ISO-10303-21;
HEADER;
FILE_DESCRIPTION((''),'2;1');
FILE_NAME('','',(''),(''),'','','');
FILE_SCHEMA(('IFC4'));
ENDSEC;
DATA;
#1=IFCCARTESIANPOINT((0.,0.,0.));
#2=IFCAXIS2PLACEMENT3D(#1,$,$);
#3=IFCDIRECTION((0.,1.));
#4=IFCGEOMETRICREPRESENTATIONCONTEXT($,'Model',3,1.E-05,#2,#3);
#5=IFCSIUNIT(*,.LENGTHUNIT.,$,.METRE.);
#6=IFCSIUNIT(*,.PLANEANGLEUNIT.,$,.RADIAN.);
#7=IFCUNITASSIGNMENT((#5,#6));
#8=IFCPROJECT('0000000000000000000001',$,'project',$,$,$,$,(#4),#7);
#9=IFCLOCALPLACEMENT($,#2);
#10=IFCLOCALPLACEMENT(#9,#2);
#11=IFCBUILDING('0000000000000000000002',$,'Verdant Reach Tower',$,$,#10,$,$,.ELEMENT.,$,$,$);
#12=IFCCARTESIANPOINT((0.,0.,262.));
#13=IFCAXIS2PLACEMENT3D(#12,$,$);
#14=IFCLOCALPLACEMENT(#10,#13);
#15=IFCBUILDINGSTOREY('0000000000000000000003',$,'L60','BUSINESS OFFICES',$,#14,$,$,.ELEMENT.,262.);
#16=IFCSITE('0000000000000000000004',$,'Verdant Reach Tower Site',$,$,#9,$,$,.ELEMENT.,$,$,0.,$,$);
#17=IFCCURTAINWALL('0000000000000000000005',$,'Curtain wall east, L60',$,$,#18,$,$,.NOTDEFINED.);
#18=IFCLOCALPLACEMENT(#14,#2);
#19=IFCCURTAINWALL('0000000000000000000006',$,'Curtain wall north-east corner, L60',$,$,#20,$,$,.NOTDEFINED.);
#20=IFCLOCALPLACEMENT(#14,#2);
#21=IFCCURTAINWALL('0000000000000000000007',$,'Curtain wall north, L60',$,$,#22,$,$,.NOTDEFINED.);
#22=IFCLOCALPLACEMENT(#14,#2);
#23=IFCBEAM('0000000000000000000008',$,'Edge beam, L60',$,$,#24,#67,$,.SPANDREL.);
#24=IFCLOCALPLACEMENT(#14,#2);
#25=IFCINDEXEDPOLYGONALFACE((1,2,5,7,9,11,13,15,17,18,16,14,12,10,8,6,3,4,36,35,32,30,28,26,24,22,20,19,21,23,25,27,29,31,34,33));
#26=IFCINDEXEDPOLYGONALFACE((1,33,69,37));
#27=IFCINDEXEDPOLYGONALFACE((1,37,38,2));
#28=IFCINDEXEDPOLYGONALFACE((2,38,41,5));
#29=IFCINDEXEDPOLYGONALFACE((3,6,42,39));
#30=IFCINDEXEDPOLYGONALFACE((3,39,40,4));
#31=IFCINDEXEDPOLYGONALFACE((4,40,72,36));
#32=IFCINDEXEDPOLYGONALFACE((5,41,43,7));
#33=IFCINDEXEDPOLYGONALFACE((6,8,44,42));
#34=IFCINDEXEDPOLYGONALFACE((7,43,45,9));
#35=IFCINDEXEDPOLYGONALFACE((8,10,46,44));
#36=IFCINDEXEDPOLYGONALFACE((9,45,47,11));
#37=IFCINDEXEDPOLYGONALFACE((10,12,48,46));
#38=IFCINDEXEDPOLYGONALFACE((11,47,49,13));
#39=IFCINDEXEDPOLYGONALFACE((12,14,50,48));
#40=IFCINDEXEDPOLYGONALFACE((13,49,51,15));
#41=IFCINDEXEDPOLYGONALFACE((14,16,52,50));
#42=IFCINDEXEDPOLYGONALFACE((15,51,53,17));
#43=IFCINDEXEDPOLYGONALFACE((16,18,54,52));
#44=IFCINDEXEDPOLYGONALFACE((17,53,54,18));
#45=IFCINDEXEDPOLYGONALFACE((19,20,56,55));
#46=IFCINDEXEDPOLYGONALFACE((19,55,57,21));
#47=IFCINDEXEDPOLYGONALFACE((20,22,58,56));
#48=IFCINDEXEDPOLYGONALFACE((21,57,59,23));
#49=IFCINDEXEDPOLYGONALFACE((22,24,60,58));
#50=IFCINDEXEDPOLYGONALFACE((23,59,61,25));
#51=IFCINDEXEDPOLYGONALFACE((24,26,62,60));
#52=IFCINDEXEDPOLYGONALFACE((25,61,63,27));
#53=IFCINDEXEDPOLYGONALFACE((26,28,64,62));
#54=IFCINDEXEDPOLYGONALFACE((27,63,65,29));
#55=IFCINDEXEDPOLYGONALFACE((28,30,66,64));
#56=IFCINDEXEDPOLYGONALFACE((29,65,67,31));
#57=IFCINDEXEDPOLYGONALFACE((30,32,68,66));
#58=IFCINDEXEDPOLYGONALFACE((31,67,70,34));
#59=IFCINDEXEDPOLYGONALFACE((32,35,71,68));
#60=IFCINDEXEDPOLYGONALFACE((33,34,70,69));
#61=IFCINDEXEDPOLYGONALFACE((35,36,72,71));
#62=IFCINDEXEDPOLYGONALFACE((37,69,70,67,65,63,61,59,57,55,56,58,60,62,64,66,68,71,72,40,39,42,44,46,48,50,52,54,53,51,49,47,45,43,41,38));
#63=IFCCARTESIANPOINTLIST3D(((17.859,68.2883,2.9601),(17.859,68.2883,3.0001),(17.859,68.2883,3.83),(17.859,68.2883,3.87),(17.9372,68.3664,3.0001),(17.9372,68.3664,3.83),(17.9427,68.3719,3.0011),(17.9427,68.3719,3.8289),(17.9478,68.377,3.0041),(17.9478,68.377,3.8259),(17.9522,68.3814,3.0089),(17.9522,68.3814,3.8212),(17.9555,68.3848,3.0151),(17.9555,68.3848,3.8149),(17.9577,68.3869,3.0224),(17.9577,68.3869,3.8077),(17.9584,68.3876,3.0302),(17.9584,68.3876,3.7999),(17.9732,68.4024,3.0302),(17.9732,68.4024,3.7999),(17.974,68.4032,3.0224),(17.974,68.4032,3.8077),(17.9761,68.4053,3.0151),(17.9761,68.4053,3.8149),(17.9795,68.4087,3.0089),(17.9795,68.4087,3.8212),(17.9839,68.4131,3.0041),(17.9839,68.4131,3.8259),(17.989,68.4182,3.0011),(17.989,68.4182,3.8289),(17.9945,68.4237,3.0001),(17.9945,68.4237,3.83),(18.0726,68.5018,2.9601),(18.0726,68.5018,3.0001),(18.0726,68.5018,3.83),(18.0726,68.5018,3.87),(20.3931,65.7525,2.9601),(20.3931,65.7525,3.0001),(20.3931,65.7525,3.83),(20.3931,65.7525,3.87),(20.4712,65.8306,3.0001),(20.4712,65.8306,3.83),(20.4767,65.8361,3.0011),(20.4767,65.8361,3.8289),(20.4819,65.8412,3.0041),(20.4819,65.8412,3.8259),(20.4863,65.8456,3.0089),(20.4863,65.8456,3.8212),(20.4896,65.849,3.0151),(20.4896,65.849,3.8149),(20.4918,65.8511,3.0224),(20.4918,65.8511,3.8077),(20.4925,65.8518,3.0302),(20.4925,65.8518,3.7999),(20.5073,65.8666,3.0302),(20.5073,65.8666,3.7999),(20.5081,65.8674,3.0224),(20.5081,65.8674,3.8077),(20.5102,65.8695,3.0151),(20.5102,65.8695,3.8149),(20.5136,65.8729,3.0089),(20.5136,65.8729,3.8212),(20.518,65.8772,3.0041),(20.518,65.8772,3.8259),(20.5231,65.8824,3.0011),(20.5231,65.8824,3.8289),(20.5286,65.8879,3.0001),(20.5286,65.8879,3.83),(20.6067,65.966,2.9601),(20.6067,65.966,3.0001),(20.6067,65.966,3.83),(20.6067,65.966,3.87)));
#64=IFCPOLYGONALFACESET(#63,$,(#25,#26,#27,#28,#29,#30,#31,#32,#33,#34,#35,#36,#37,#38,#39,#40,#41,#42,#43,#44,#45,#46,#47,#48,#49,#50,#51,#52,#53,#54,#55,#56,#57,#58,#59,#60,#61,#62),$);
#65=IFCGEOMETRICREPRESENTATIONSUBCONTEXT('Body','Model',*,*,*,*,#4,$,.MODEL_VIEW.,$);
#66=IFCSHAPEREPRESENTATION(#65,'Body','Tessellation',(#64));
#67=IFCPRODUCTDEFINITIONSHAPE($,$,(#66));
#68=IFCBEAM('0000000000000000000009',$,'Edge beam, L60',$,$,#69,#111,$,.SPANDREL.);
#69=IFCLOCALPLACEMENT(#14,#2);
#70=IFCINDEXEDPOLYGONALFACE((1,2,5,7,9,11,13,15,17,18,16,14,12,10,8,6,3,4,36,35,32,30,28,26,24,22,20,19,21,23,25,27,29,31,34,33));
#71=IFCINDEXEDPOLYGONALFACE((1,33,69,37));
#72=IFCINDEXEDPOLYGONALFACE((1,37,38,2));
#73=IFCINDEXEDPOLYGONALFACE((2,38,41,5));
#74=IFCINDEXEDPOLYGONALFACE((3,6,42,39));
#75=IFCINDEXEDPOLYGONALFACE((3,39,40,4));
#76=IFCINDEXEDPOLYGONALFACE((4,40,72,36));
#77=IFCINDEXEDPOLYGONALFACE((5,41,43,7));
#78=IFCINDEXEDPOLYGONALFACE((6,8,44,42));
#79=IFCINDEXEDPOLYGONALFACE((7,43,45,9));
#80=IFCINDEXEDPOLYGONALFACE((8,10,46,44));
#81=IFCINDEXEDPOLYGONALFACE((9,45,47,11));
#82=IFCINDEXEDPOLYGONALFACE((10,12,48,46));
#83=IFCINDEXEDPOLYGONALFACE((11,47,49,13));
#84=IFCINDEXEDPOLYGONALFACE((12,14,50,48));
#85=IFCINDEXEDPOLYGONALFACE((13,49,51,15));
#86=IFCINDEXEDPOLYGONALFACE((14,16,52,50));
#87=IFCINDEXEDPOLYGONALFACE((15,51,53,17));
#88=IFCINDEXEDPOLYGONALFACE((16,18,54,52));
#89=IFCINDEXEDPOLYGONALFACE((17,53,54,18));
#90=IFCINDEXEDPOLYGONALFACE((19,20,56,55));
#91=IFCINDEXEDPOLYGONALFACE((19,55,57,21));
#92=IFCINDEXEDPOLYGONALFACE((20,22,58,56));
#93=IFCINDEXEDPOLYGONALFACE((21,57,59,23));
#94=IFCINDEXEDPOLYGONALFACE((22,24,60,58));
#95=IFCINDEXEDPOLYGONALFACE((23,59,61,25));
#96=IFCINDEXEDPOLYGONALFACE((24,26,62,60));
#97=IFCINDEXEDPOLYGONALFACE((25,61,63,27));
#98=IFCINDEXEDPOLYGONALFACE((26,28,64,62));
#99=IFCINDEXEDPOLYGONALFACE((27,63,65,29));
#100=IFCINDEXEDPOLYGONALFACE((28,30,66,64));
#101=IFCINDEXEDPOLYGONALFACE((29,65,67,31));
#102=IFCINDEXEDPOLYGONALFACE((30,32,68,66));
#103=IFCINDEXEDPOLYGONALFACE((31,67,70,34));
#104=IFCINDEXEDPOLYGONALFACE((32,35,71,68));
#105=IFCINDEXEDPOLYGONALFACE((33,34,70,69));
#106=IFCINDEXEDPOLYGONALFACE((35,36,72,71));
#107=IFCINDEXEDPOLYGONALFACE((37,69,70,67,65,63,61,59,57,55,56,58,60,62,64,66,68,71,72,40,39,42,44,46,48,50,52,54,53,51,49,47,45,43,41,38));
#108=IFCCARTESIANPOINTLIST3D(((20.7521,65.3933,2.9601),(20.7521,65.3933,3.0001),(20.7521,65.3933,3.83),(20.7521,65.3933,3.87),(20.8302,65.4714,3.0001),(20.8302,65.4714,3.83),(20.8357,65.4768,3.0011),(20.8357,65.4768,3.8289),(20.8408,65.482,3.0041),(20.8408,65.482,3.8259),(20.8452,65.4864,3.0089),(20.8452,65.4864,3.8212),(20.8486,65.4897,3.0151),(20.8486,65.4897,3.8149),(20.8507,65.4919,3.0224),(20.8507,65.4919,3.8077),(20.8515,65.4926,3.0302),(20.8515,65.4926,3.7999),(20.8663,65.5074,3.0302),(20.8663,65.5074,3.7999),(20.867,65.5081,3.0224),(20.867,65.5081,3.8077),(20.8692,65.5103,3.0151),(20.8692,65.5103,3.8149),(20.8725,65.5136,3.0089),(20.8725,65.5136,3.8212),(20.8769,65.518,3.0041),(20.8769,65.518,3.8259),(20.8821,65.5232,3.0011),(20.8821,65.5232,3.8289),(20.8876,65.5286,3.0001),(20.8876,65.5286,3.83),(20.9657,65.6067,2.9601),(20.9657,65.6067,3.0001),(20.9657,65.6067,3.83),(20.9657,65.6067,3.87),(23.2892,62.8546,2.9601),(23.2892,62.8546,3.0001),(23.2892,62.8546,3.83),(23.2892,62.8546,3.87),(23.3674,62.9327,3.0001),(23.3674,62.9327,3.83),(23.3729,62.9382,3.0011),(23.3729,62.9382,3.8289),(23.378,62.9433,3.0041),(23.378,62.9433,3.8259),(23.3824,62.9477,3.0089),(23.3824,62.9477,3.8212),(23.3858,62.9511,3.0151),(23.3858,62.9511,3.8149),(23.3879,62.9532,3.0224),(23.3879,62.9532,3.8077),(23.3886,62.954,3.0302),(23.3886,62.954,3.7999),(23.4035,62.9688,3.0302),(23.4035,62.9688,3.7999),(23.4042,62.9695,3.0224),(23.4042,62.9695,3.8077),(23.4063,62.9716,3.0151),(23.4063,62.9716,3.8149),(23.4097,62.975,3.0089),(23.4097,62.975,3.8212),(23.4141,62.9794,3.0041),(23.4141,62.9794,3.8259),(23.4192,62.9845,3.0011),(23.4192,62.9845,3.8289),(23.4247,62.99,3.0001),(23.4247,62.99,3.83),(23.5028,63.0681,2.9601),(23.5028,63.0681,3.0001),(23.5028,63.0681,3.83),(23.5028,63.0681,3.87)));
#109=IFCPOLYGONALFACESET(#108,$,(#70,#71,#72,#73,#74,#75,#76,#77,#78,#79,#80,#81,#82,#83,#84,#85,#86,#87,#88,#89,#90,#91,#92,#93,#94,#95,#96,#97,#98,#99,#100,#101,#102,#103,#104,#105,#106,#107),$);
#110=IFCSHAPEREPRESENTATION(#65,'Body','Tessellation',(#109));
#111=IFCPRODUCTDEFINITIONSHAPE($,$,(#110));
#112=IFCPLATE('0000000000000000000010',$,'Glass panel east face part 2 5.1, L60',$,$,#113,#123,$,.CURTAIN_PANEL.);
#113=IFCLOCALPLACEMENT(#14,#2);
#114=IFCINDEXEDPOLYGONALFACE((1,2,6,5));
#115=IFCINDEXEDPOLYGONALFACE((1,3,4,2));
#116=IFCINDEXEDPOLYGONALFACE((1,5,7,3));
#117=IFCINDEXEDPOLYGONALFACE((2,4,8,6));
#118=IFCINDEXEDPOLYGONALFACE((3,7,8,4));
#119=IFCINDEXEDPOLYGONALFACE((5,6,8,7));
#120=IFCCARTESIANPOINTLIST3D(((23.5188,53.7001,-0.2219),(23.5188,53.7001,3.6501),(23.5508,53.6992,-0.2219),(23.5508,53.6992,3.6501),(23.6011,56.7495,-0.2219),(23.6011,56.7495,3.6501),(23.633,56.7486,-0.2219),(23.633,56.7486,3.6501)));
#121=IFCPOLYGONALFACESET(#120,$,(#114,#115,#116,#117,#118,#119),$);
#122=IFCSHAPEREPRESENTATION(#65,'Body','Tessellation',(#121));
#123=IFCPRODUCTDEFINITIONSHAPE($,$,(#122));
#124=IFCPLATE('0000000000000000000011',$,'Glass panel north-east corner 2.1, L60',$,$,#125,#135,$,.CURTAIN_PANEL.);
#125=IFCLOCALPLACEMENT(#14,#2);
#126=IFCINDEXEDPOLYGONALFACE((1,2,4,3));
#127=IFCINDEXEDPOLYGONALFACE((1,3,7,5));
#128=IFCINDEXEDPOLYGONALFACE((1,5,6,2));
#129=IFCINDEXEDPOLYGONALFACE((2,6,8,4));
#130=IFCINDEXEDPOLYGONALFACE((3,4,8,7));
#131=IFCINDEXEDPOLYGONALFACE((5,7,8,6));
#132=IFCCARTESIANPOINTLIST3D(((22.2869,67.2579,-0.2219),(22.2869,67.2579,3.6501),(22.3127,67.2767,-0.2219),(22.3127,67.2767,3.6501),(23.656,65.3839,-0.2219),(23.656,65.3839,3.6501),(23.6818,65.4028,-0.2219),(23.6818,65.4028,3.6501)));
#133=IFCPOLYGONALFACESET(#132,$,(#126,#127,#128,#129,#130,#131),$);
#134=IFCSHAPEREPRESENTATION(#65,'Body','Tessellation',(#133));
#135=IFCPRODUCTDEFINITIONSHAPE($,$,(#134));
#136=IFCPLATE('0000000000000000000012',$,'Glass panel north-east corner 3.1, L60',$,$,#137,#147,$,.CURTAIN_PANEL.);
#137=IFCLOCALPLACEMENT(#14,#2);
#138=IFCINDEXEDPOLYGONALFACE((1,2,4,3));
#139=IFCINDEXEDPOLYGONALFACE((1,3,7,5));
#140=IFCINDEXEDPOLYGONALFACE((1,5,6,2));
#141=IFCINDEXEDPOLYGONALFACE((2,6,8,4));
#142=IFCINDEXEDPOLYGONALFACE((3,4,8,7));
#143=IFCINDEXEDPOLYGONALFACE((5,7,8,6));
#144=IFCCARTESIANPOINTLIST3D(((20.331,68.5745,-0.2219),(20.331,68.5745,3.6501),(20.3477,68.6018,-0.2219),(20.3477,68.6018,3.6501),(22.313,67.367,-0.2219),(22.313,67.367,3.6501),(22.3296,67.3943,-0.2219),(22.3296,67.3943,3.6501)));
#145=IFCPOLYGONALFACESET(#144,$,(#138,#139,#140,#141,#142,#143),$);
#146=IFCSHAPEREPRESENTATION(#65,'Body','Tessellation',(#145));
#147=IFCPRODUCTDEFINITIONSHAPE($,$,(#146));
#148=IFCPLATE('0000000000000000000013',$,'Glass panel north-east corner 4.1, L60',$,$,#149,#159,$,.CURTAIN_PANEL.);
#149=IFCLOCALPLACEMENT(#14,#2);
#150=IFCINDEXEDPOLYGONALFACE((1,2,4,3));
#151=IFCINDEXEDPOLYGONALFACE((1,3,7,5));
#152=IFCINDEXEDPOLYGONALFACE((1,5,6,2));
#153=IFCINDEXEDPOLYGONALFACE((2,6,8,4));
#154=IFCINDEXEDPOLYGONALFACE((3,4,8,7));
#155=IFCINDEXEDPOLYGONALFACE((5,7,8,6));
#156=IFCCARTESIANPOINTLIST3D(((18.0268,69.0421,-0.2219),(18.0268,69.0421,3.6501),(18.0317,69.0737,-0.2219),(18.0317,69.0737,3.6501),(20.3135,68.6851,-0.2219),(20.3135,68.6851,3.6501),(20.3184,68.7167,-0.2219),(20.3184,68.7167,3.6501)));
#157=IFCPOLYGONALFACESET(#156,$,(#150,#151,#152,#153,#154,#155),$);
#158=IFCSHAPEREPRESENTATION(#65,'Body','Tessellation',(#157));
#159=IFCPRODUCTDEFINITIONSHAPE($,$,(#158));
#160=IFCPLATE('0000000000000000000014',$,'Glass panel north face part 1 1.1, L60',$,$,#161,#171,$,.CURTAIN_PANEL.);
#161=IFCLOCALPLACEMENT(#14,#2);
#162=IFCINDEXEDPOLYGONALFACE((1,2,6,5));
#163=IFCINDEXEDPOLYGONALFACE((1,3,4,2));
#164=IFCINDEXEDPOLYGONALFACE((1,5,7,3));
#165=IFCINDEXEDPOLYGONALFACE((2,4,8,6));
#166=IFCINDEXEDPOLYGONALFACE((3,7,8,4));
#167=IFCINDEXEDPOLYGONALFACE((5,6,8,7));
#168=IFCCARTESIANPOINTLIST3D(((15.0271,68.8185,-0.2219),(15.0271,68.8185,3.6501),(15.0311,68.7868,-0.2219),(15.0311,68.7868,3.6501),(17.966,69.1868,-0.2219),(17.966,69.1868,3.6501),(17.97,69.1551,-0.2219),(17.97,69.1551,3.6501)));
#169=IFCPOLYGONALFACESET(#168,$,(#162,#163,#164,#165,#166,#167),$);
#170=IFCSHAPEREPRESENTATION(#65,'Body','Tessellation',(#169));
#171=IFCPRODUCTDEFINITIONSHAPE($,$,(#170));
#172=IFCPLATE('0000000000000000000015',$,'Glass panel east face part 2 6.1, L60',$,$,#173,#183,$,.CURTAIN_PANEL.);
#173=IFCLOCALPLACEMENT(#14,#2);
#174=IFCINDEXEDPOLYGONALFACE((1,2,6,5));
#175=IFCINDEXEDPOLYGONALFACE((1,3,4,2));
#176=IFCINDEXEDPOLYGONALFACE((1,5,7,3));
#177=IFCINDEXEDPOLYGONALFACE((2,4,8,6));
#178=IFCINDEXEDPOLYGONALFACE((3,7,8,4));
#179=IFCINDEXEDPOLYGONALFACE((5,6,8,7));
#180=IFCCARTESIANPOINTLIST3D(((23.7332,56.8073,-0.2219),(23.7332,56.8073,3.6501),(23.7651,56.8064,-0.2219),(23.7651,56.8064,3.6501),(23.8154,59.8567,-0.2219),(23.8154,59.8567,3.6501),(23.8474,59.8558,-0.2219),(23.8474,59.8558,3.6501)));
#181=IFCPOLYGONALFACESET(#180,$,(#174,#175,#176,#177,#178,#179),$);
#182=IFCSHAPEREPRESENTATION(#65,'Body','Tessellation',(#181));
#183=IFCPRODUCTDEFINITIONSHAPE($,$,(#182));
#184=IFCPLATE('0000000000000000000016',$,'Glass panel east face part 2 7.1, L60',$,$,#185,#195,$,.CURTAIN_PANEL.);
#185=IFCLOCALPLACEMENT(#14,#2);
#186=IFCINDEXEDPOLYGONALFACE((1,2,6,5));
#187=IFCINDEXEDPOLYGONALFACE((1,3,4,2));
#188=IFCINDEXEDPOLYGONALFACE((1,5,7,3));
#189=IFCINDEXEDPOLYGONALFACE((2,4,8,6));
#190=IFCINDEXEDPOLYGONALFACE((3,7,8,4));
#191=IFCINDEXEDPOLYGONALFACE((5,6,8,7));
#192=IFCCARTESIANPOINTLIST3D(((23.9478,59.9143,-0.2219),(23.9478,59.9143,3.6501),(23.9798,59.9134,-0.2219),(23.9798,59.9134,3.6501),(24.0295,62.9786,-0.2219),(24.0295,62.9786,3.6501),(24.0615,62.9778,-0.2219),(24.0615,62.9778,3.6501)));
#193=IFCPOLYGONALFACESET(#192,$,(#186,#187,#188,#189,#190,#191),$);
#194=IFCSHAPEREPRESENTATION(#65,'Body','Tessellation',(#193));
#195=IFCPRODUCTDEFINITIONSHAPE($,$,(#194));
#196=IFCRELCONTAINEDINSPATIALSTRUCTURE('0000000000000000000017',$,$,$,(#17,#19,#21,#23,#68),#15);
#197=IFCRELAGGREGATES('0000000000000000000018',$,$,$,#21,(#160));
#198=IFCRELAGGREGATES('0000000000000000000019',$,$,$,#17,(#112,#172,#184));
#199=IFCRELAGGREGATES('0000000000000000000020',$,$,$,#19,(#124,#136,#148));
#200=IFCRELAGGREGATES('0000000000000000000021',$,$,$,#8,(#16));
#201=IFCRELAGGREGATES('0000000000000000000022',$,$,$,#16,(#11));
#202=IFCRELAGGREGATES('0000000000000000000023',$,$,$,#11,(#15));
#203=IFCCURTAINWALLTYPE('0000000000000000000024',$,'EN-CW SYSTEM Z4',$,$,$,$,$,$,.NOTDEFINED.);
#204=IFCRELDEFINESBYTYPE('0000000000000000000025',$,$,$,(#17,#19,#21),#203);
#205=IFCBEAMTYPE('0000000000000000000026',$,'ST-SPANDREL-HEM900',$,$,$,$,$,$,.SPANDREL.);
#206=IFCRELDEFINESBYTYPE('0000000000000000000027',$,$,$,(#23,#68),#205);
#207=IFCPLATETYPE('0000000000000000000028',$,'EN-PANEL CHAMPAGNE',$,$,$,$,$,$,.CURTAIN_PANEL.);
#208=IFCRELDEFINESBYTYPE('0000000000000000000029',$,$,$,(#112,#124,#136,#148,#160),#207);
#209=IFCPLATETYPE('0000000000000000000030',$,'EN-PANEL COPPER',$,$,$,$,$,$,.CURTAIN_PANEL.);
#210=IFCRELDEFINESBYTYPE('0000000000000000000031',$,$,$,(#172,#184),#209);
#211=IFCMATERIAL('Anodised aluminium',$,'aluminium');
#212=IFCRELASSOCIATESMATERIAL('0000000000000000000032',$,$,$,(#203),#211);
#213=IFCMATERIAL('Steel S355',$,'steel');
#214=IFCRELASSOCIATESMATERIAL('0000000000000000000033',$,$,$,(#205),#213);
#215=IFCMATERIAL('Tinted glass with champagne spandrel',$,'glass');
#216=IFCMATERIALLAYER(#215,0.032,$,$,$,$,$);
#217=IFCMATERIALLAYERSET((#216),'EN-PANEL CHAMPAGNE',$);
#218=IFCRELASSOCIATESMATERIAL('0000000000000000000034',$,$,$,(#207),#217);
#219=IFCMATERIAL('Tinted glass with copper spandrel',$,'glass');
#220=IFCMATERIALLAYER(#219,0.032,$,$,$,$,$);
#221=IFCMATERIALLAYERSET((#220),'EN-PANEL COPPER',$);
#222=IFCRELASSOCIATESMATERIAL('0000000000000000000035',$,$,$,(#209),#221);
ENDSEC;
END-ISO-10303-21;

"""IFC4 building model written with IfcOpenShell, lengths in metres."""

from ifc_helpers import new_model, si_unit, direction, frame, origin, origin_2d, place, context, subcontext, project, spatial, rectangle, i_section, extrude, material, layer, layer_set, material_profile, profile_set, type_object, element, aggregate, save


model = new_model("IFC4")

# Units and contexts
model_context = context("Model", 3, precision=1e-05, world=origin(), true_north=direction((0.0, 1.0)))
body_context = subcontext(model_context, "Body", "Model", "MODEL_VIEW")
ifc_project = project(units=[si_unit("LENGTHUNIT", "METRE"), si_unit("PLANEANGLEUNIT", "RADIAN")], contexts=[model_context])

# Site, building, storey
site_placement = place(None, origin())
site = spatial("IfcSite", under=ifc_project, at=site_placement, Name="Verdant Reach Tower Site", CompositionType="ELEMENT", RefElevation=0.0)
building_placement = place(site_placement, origin())
building = spatial("IfcBuilding", under=site, at=building_placement, Name="Verdant Reach Tower", CompositionType="ELEMENT")
storey_placement = place(building_placement, frame((0.0, 0.0, 262.0)))
storey = spatial("IfcBuildingStorey", under=building, at=storey_placement, Name="L60", Description="BUSINESS OFFICES", CompositionType="ELEMENT", Elevation=262.0)

# Curtain walls
ifc_material_1 = material(Name="Anodised aluminium", Category="aluminium")
curtain_wall_type = type_object("IfcCurtainWallType", Name="EN-CW SYSTEM Z4", PredefinedType="NOTDEFINED", material=ifc_material_1)
curtain_wall_1_placement = place(storey_placement, origin())
curtain_wall_1 = element("IfcCurtainWall", 1, at=curtain_wall_1_placement, inside=storey, type_object=curtain_wall_type, Name="Curtain wall east, L60", PredefinedType="NOTDEFINED")
curtain_wall_2_placement = place(storey_placement, origin())
curtain_wall_2 = element("IfcCurtainWall", 2, at=curtain_wall_2_placement, inside=storey, type_object=curtain_wall_type, Name="Curtain wall north-east corner, L60", PredefinedType="NOTDEFINED")
curtain_wall_3_placement = place(storey_placement, origin())
curtain_wall_3 = element("IfcCurtainWall", 3, at=curtain_wall_3_placement, inside=storey, type_object=curtain_wall_type, Name="Curtain wall north, L60", PredefinedType="NOTDEFINED")

# Beams
ifc_material_2 = material(Name="Steel S355", Category="steel")
ifc_material_profile_1 = material_profile(ifc_material_2, i_section(OverallWidth=0.302, OverallDepth=0.9099, WebThickness=0.021, FlangeThickness=0.04, FilletRadius=0.03, at=origin_2d()), Name="HEM 900")
ifc_profile_set_1 = profile_set([ifc_material_profile_1], Name="Steel S355")
beam_type_1 = type_object("IfcBeamType", Name="ST-SPANDREL-HEM900", PredefinedType="SPANDREL", material=ifc_profile_set_1)
beam_1_placement = place(storey_placement, frame((17.9658, 68.395, 3.415), z_axis=(0.706868, -0.707345, 0.0), x_axis=(0.707345, 0.706868, 0.0)))
element("IfcBeam", 4, at=beam_1_placement, inside=storey, type_object=beam_type_1, Name="Edge beam, L60", PredefinedType="SPANDREL", context=body_context, shape_type="SweptSolid", body=[
    extrude(i_section(OverallWidth=0.302, OverallDepth=0.9099, WebThickness=0.021, FlangeThickness=0.04, FilletRadius=0.03, at=origin_2d()), origin(), (0.0, 0.0, 1.0), 3.585),
])
beam_2_placement = place(storey_placement, frame((20.8589, 65.5, 3.415), z_axis=(0.706903, -0.707311, 0.0), x_axis=(0.707311, 0.706903, 0.0)))
element("IfcBeam", 5, at=beam_2_placement, inside=storey, type_object=beam_type_1, Name="Edge beam, L60", PredefinedType="SPANDREL", context=body_context, shape_type="SweptSolid", body=[
    extrude(i_section(OverallWidth=0.302, OverallDepth=0.9099, WebThickness=0.021, FlangeThickness=0.04, FilletRadius=0.03, at=origin_2d()), origin(), (0.0, 0.0, 1.0), 3.5891),
])

# Plates
ifc_material_3 = material(Name="Tinted glass with champagne spandrel", Category="glass")
ifc_layer_1 = layer(ifc_material_3, 0.032)
ifc_layer_set_1 = layer_set([ifc_layer_1], Name="EN-PANEL CHAMPAGNE")
plate_type_1 = type_object("IfcPlateType", Name="EN-PANEL CHAMPAGNE", PredefinedType="CURTAIN_PANEL", material=ifc_layer_set_1)
plate_1_placement = place(storey_placement, frame((23.5759, 55.2244, -0.2219), z_axis=(0.0, 0.0, 1.0), x_axis=(0.026965, 0.999636, 0.0)))
plate_1 = element("IfcPlate", 6, at=plate_1_placement, type_object=plate_type_1, Name="Glass panel east face part 2 5.1, L60", PredefinedType="CURTAIN_PANEL", context=body_context, shape_type="SweptSolid", body=[
    extrude(rectangle(XDim=3.0505, YDim=0.032, at=origin_2d()), origin(), (0.0, 0.0, 1.0), 3.8721),
])
plate_2_placement = place(storey_placement, frame((22.9844, 66.3303, -0.2219), z_axis=(0.0, 0.0, 1.0), x_axis=(-0.589927, 0.807457, 0.0)))
plate_2 = element("IfcPlate", 7, at=plate_2_placement, type_object=plate_type_1, Name="Glass panel north-east corner 2.1, L60", PredefinedType="CURTAIN_PANEL", context=body_context, shape_type="SweptSolid", body=[
    extrude(rectangle(XDim=2.3208, YDim=0.032, at=origin_2d()), origin(), (0.0, 0.0, 1.0), 3.8721),
])
plate_3_placement = place(storey_placement, frame((21.3303, 67.9844, -0.2219), z_axis=(0.0, 0.0, 1.0), x_axis=(-0.853989, 0.520292, 0.0)))
plate_3 = element("IfcPlate", 8, at=plate_3_placement, type_object=plate_type_1, Name="Glass panel north-east corner 3.1, L60", PredefinedType="CURTAIN_PANEL", context=body_context, shape_type="SweptSolid", body=[
    extrude(rectangle(XDim=2.3208, YDim=0.032, at=origin_2d()), origin(), (0.0, 0.0, 1.0), 3.8721),
])
plate_4_placement = place(storey_placement, frame((19.1726, 68.8794, -0.2219), z_axis=(0.0, 0.0, 1.0), x_axis=(-0.988027, 0.154279, 0.0)))
plate_4 = element("IfcPlate", 9, at=plate_4_placement, type_object=plate_type_1, Name="Glass panel north-east corner 4.1, L60", PredefinedType="CURTAIN_PANEL", context=body_context, shape_type="SweptSolid", body=[
    extrude(rectangle(XDim=2.3145, YDim=0.032, at=origin_2d()), origin(), (0.0, 0.0, 1.0), 3.8721),
])
plate_5_placement = place(storey_placement, frame((16.4985, 68.9868, -0.2219), z_axis=(0.0, 0.0, 1.0), x_axis=(-0.992239, -0.124346, 0.0)))
plate_5 = element("IfcPlate", 10, at=plate_5_placement, type_object=plate_type_1, Name="Glass panel north face part 1 1.1, L60", PredefinedType="CURTAIN_PANEL", context=body_context, shape_type="SweptSolid", body=[
    extrude(rectangle(XDim=2.9619, YDim=0.032, at=origin_2d()), origin(), (0.0, 0.0, 1.0), 3.8721),
])
aggregate(curtain_wall_3, [plate_5])
ifc_material_4 = material(Name="Tinted glass with copper spandrel", Category="glass")
ifc_layer_2 = layer(ifc_material_4, 0.032)
ifc_layer_set_2 = layer_set([ifc_layer_2], Name="EN-PANEL COPPER")
plate_type_2 = type_object("IfcPlateType", Name="EN-PANEL COPPER", PredefinedType="CURTAIN_PANEL", material=ifc_layer_set_2)
plate_6_placement = place(storey_placement, frame((23.7903, 58.3315, -0.2219), z_axis=(0.0, 0.0, 1.0), x_axis=(0.026965, 0.999636, 0.0)))
plate_6 = element("IfcPlate", 11, at=plate_6_placement, type_object=plate_type_2, Name="Glass panel east face part 2 6.1, L60", PredefinedType="CURTAIN_PANEL", context=body_context, shape_type="SweptSolid", body=[
    extrude(rectangle(XDim=3.0505, YDim=0.032, at=origin_2d()), origin(), (0.0, 0.0, 1.0), 3.8721),
])
plate_7_placement = place(storey_placement, frame((24.0046, 61.446, -0.2219), z_axis=(0.0, 0.0, 1.0), x_axis=(0.026651, 0.999645, 0.0)))
plate_7 = element("IfcPlate", 12, at=plate_7_placement, type_object=plate_type_2, Name="Glass panel east face part 2 7.1, L60", PredefinedType="CURTAIN_PANEL", context=body_context, shape_type="SweptSolid", body=[
    extrude(rectangle(XDim=3.0654, YDim=0.032, at=origin_2d()), origin(), (0.0, 0.0, 1.0), 3.8721),
])
aggregate(curtain_wall_1, [plate_1, plate_6, plate_7])
aggregate(curtain_wall_2, [plate_2, plate_3, plate_4])

save(model, "model.ifc")
